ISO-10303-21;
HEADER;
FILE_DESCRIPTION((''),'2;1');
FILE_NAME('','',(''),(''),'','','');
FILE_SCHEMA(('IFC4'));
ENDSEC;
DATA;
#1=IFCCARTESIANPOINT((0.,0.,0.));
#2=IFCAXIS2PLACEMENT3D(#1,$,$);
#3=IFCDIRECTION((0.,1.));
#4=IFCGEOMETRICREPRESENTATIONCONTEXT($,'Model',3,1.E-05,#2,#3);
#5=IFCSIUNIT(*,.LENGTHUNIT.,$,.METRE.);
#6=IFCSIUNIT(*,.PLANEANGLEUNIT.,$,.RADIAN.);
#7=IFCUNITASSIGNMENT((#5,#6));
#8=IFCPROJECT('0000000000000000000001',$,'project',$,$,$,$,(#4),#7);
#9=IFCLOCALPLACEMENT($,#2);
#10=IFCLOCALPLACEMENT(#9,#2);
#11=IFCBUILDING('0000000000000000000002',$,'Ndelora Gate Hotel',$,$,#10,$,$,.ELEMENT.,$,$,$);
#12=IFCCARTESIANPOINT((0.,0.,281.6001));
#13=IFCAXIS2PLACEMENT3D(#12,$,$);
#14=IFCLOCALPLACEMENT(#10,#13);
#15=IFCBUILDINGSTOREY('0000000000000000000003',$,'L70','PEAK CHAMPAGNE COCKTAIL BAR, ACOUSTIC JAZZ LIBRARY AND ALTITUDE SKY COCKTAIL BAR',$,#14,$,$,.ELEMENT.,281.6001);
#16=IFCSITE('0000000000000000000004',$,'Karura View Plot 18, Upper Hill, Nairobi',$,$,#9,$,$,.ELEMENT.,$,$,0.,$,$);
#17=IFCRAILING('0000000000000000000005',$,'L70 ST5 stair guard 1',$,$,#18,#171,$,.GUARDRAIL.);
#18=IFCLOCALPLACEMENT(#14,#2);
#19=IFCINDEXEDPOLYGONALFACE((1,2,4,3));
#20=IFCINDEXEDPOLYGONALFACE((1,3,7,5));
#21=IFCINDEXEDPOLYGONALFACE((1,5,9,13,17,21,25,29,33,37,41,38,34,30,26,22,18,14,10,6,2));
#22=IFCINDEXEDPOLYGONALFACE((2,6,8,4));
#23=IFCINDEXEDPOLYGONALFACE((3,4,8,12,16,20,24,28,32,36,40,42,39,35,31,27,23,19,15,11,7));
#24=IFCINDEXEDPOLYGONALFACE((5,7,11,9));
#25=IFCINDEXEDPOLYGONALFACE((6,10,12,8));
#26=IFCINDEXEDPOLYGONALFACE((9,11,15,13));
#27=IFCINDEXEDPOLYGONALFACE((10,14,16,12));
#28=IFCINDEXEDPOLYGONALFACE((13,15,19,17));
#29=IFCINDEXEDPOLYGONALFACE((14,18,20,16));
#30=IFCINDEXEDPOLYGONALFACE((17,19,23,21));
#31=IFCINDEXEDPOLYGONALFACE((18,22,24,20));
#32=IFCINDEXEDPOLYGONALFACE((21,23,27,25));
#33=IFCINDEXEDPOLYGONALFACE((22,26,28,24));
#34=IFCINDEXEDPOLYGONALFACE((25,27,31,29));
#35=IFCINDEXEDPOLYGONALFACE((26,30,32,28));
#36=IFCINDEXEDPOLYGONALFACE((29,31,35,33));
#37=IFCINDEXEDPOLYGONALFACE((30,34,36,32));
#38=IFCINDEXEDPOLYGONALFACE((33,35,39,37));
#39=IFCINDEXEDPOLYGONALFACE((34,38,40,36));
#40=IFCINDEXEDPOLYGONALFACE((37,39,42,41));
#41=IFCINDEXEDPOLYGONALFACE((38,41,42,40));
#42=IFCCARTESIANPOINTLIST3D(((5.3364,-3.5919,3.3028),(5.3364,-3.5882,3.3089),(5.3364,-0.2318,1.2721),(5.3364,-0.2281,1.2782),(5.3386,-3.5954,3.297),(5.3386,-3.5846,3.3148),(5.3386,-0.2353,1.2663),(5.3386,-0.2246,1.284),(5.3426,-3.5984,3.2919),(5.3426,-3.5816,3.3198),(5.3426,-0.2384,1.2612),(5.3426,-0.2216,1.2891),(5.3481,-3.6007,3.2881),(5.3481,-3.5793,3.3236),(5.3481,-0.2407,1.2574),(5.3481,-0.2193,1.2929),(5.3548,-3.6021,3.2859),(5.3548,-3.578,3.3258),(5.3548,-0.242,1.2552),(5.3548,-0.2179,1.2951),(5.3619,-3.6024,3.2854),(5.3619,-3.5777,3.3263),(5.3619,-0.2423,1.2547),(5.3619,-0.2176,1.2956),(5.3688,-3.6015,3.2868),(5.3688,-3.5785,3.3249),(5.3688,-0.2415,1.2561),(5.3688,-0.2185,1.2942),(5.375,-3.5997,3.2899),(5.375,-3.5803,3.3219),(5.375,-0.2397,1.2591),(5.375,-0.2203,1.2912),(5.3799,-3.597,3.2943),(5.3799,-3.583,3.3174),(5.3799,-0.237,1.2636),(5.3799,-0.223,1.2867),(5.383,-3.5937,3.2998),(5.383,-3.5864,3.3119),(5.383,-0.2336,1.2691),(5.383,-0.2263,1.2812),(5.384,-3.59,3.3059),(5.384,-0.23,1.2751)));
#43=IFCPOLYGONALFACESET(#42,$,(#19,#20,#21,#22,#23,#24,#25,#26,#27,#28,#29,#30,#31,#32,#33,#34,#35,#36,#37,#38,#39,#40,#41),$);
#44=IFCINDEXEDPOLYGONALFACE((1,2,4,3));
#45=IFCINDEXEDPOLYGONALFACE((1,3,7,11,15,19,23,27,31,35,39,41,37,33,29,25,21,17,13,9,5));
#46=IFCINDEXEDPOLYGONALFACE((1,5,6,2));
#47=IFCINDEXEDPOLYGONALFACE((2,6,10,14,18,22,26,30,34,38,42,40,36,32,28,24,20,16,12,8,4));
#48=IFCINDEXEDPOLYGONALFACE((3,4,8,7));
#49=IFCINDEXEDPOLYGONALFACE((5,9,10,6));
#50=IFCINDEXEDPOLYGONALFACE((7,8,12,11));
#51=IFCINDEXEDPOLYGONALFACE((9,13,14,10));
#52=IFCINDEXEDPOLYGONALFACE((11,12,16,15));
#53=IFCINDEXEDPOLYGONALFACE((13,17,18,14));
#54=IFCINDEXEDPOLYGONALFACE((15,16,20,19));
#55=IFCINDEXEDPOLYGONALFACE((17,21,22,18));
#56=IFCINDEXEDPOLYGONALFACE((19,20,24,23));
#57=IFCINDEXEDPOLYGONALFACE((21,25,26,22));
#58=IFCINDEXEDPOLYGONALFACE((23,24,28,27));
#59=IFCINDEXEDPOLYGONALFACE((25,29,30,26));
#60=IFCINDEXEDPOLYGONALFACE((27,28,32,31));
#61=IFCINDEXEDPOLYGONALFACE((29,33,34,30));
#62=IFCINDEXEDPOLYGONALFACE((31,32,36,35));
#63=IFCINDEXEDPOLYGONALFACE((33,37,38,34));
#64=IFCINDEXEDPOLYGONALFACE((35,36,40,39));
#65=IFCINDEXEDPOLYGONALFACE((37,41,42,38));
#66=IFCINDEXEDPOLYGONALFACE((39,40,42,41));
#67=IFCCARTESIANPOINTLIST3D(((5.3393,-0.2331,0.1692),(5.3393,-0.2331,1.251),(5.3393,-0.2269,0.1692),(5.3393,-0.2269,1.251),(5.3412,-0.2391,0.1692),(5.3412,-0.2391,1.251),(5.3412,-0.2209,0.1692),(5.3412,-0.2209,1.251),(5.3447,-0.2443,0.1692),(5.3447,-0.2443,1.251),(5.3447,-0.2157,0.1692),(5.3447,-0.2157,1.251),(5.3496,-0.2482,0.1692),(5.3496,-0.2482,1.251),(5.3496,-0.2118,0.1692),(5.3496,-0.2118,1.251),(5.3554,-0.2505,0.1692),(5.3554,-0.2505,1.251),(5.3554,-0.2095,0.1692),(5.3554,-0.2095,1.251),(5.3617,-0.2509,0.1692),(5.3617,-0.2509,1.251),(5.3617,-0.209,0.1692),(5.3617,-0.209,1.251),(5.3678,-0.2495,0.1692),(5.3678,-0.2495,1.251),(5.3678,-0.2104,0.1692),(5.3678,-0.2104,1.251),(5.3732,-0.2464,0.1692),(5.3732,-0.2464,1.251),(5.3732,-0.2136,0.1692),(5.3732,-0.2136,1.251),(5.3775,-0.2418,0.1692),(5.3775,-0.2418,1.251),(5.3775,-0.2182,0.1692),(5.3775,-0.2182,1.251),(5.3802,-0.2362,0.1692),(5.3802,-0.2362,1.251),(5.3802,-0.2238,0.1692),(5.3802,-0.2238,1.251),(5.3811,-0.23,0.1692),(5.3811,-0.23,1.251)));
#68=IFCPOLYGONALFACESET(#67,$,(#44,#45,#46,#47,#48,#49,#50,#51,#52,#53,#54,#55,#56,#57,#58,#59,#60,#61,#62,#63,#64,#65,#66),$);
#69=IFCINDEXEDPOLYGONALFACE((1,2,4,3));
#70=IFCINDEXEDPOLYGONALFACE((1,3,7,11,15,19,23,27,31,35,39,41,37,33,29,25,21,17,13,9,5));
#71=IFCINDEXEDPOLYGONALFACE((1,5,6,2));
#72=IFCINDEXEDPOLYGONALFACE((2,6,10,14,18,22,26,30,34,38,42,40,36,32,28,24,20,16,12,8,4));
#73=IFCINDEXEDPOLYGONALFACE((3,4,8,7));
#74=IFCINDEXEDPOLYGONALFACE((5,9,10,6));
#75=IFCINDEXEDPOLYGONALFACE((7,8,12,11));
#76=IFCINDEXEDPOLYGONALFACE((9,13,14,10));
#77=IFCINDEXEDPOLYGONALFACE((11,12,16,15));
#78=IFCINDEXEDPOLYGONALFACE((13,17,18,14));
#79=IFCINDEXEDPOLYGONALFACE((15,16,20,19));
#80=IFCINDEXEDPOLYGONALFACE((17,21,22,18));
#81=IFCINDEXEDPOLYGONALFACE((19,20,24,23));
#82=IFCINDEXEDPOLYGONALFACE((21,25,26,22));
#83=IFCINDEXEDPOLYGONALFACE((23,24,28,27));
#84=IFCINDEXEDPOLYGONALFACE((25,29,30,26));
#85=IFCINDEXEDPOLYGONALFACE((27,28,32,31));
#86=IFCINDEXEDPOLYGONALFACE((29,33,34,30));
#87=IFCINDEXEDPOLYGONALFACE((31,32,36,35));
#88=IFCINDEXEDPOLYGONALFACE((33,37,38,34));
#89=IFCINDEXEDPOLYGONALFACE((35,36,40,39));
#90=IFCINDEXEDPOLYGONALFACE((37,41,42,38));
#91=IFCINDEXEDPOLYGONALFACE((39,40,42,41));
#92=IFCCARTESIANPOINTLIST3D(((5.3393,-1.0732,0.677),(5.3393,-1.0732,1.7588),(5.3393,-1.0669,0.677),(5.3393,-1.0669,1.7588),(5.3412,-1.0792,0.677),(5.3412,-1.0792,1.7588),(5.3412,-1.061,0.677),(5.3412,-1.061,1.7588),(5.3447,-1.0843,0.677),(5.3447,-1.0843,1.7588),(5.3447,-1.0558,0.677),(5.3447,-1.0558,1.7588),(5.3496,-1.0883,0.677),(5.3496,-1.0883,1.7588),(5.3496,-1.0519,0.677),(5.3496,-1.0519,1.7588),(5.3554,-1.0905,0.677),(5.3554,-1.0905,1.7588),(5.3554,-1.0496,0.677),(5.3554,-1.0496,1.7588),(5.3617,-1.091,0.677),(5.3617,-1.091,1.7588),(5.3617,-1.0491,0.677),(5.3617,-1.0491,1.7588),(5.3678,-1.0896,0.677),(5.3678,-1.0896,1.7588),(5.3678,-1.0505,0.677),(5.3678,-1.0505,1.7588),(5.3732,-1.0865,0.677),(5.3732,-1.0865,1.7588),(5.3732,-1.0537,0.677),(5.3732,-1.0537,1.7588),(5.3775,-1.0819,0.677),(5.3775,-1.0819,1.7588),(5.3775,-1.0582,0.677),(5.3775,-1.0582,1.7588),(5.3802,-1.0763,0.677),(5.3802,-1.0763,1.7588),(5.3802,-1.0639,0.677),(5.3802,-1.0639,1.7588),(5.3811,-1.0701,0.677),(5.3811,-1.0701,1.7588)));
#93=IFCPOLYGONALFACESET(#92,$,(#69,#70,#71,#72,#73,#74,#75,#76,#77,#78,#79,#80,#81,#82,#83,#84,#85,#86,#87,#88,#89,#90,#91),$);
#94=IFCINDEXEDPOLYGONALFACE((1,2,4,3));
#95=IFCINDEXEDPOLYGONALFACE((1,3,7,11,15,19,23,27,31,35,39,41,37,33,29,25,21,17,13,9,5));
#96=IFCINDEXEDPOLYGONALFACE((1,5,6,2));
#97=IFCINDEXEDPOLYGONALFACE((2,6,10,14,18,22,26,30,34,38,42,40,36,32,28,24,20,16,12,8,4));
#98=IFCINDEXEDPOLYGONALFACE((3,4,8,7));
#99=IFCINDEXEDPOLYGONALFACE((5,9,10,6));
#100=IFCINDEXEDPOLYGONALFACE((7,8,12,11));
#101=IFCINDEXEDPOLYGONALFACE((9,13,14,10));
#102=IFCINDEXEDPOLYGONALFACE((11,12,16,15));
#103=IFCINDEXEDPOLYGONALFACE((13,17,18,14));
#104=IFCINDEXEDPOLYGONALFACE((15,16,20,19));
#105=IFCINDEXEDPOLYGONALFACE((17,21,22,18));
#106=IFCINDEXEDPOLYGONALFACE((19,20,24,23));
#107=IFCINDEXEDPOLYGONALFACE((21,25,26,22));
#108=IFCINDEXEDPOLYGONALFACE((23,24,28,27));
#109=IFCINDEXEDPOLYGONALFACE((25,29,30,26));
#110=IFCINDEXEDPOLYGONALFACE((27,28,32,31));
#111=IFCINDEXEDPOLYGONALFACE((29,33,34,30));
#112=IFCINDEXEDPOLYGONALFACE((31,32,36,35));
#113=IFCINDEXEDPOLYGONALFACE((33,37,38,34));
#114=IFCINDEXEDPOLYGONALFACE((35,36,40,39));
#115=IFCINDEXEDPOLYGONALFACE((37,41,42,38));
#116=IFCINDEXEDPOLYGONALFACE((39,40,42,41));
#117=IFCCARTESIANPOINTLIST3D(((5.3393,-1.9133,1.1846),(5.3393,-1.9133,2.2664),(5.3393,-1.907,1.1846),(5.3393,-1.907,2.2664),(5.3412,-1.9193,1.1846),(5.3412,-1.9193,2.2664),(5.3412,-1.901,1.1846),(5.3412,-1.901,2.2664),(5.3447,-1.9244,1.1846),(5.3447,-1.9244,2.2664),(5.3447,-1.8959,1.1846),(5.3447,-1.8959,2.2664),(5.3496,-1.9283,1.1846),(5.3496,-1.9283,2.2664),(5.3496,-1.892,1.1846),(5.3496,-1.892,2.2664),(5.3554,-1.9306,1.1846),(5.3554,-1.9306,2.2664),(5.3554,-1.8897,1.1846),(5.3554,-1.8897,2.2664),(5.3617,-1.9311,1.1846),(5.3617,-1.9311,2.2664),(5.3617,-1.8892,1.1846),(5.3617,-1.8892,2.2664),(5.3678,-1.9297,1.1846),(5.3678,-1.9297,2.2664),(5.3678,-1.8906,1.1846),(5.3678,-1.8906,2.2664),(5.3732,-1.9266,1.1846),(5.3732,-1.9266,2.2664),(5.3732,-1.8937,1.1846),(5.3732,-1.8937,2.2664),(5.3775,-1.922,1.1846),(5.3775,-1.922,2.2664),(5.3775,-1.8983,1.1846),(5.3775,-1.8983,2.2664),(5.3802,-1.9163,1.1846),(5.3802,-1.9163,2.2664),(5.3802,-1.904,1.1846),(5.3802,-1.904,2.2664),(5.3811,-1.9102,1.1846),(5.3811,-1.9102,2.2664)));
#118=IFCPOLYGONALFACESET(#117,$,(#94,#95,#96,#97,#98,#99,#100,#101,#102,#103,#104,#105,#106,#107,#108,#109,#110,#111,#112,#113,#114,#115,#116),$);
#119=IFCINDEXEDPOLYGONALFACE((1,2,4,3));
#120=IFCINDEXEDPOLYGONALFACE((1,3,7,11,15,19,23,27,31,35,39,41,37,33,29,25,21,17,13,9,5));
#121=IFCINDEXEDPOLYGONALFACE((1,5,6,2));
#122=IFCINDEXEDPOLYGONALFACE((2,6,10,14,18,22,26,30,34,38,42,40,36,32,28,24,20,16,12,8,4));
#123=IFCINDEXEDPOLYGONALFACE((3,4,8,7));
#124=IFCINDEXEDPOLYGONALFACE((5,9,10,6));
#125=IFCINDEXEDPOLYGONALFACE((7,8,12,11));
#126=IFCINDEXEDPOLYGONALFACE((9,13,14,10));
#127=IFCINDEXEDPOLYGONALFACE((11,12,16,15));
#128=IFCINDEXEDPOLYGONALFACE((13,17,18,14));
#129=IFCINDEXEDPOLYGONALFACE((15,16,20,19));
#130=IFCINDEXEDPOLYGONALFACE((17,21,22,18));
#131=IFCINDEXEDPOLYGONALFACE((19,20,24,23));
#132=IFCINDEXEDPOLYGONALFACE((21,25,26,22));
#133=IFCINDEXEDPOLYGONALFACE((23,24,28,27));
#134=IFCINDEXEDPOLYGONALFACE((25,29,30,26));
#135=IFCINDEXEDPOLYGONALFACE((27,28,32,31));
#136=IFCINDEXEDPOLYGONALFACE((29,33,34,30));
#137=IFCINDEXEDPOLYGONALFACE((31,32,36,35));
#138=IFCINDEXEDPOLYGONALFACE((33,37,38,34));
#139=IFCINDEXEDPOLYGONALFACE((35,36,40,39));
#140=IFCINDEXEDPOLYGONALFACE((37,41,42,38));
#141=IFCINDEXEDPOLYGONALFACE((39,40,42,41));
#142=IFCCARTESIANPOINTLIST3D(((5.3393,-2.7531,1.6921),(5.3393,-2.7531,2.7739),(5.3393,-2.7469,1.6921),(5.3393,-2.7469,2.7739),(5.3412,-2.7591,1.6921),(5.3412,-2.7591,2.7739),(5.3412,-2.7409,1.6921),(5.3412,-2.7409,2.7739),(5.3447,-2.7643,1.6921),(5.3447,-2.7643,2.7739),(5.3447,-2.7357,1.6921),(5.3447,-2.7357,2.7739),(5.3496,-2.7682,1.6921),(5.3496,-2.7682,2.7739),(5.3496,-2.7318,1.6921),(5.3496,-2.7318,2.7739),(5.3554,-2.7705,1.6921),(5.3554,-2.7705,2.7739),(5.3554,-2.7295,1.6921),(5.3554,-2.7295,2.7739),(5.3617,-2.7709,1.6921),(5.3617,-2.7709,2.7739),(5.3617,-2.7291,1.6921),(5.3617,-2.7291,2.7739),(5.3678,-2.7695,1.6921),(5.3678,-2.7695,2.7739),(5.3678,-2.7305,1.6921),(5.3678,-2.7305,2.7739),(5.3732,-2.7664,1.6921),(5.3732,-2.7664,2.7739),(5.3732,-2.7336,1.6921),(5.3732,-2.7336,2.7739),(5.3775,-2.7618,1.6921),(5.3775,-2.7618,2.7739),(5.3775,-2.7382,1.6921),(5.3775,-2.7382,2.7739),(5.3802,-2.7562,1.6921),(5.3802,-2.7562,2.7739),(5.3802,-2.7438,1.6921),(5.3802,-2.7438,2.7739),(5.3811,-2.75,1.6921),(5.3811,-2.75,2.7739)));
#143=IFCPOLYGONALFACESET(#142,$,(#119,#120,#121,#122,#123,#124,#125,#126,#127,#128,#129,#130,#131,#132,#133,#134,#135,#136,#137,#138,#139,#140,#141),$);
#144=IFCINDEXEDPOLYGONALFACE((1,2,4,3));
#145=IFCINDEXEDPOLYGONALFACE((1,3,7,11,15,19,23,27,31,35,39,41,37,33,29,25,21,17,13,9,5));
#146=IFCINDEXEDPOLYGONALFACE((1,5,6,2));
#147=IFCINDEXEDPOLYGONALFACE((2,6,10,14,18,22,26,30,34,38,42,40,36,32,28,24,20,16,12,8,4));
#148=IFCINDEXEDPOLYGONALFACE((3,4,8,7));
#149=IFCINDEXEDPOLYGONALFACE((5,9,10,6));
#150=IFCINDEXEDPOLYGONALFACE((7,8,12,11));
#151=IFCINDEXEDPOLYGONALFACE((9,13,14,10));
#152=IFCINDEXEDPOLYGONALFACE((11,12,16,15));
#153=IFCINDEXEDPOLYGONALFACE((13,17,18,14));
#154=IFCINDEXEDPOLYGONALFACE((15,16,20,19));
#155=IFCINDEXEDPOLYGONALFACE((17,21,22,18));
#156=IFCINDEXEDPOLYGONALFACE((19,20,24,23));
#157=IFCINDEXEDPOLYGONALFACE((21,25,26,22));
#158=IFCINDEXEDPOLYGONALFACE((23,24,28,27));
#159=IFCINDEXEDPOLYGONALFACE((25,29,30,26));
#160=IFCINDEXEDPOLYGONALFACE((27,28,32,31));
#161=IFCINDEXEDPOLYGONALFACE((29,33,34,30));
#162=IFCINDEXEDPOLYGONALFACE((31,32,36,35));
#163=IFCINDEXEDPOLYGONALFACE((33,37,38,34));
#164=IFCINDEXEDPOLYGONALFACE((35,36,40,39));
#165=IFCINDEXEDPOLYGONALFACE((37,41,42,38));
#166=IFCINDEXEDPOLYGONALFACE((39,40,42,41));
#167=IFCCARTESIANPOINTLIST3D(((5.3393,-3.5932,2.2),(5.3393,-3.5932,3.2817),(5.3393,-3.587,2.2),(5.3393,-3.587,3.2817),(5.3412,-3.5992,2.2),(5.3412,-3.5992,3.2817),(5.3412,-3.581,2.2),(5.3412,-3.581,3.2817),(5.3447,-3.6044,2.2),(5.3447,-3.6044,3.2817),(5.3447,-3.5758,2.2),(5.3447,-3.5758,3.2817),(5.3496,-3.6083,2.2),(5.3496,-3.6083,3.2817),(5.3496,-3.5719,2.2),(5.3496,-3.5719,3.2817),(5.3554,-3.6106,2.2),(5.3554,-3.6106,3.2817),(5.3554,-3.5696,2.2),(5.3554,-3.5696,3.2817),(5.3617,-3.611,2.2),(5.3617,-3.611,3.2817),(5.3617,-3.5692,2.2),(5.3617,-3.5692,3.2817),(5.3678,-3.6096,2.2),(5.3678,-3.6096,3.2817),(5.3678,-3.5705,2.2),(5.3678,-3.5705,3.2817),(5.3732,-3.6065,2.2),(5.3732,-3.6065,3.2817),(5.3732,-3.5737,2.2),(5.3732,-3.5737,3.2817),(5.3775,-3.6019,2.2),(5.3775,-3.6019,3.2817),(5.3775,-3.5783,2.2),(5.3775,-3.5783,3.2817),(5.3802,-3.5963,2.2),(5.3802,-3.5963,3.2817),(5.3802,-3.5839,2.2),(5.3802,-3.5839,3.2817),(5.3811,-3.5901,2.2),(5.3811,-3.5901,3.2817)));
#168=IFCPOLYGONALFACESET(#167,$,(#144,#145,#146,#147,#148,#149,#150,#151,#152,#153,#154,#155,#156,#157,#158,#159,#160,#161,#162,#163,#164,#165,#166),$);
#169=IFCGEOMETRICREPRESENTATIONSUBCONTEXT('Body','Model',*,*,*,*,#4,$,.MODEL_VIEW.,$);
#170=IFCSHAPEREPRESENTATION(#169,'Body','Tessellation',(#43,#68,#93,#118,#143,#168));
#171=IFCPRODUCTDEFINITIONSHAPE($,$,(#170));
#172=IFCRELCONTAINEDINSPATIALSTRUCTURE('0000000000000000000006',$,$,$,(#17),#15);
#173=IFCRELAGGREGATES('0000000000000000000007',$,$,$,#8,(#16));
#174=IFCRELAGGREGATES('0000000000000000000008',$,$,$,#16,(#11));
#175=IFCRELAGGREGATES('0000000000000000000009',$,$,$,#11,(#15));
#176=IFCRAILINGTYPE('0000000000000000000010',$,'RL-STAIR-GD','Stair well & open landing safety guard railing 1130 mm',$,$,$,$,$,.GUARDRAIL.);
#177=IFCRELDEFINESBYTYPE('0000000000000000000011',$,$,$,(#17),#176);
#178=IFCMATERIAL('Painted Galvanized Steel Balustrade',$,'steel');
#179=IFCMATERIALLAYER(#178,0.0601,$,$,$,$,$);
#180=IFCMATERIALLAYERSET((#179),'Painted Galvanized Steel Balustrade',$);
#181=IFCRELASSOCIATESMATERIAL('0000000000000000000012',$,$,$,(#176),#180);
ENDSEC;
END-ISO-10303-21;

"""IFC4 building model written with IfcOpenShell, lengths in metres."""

from ifc_helpers import new_model, si_unit, direction, frame, origin, origin_2d, place, context, subcontext, project, spatial, circle, extrude, material, layer, layer_set, type_object, element, save


model = new_model("IFC4")

# Units and contexts
model_context = context("Model", 3, precision=1e-05, world=origin(), true_north=direction((0.0, 1.0)))
body_context = subcontext(model_context, "Body", "Model", "MODEL_VIEW")
ifc_project = project(units=[si_unit("LENGTHUNIT", "METRE"), si_unit("PLANEANGLEUNIT", "RADIAN")], contexts=[model_context])

# Site, building, storey
site_placement = place(None, origin())
site = spatial("IfcSite", under=ifc_project, at=site_placement, Name="Karura View Plot 18, Upper Hill, Nairobi", CompositionType="ELEMENT", RefElevation=0.0)
building_placement = place(site_placement, origin())
building = spatial("IfcBuilding", under=site, at=building_placement, Name="Ndelora Gate Hotel", CompositionType="ELEMENT")
storey_placement = place(building_placement, frame((0.0, 0.0, 281.6001)))
storey = spatial("IfcBuildingStorey", under=building, at=storey_placement, Name="L70", Description="PEAK CHAMPAGNE COCKTAIL BAR, ACOUSTIC JAZZ LIBRARY AND ALTITUDE SKY COCKTAIL BAR", CompositionType="ELEMENT", Elevation=281.6001)

# Railing
ifc_material_1 = material(Name="Painted Galvanized Steel Balustrade", Category="steel")
ifc_layer_1 = layer(ifc_material_1, 0.0601)
ifc_layer_set_1 = layer_set([ifc_layer_1], Name="Painted Galvanized Steel Balustrade")
railing_type_1 = type_object("IfcRailingType", Name="RL-STAIR-GD", Description="Stair well & open landing safety guard railing 1130 mm", PredefinedType="GUARDRAIL", material=ifc_layer_set_1)
railing_1_placement = place(storey_placement, frame((5.3601, -0.23, 0.1692)))
element("IfcRailing", 1, at=railing_1_placement, inside=storey, type_object=railing_type_1, Name="L70 ST5 stair guard 1", PredefinedType="GUARDRAIL", context=body_context, shape_type="SweptSolid", body=[
    extrude(circle(Radius=0.0239, at=origin_2d()), frame((0.0, 0.0, 1.106), z_axis=(0.0, -0.855837, 0.517246), x_axis=(1.0, 0.0, 0.0)), (0.0, 0.0, 1.0), 3.926),
    extrude(circle(Radius=0.021, at=origin_2d()), origin(), (0.0, 0.0, 1.0), 1.0818),
    extrude(circle(Radius=0.021, at=origin_2d()), frame((0.0, -0.8401, 0.5078)), (0.0, 0.0, 1.0), 1.0818),
    extrude(circle(Radius=0.021, at=origin_2d()), frame((0.0, -1.6802, 1.0154)), (0.0, 0.0, 1.0), 1.0818),
    extrude(circle(Radius=0.021, at=origin_2d()), frame((0.0, -2.52, 1.5229)), (0.0, 0.0, 1.0), 1.0818),
    extrude(circle(Radius=0.021, at=origin_2d()), frame((0.0, -3.3601, 2.0308)), (0.0, 0.0, 1.0), 1.0818),
])

save(model, "model.ifc")
